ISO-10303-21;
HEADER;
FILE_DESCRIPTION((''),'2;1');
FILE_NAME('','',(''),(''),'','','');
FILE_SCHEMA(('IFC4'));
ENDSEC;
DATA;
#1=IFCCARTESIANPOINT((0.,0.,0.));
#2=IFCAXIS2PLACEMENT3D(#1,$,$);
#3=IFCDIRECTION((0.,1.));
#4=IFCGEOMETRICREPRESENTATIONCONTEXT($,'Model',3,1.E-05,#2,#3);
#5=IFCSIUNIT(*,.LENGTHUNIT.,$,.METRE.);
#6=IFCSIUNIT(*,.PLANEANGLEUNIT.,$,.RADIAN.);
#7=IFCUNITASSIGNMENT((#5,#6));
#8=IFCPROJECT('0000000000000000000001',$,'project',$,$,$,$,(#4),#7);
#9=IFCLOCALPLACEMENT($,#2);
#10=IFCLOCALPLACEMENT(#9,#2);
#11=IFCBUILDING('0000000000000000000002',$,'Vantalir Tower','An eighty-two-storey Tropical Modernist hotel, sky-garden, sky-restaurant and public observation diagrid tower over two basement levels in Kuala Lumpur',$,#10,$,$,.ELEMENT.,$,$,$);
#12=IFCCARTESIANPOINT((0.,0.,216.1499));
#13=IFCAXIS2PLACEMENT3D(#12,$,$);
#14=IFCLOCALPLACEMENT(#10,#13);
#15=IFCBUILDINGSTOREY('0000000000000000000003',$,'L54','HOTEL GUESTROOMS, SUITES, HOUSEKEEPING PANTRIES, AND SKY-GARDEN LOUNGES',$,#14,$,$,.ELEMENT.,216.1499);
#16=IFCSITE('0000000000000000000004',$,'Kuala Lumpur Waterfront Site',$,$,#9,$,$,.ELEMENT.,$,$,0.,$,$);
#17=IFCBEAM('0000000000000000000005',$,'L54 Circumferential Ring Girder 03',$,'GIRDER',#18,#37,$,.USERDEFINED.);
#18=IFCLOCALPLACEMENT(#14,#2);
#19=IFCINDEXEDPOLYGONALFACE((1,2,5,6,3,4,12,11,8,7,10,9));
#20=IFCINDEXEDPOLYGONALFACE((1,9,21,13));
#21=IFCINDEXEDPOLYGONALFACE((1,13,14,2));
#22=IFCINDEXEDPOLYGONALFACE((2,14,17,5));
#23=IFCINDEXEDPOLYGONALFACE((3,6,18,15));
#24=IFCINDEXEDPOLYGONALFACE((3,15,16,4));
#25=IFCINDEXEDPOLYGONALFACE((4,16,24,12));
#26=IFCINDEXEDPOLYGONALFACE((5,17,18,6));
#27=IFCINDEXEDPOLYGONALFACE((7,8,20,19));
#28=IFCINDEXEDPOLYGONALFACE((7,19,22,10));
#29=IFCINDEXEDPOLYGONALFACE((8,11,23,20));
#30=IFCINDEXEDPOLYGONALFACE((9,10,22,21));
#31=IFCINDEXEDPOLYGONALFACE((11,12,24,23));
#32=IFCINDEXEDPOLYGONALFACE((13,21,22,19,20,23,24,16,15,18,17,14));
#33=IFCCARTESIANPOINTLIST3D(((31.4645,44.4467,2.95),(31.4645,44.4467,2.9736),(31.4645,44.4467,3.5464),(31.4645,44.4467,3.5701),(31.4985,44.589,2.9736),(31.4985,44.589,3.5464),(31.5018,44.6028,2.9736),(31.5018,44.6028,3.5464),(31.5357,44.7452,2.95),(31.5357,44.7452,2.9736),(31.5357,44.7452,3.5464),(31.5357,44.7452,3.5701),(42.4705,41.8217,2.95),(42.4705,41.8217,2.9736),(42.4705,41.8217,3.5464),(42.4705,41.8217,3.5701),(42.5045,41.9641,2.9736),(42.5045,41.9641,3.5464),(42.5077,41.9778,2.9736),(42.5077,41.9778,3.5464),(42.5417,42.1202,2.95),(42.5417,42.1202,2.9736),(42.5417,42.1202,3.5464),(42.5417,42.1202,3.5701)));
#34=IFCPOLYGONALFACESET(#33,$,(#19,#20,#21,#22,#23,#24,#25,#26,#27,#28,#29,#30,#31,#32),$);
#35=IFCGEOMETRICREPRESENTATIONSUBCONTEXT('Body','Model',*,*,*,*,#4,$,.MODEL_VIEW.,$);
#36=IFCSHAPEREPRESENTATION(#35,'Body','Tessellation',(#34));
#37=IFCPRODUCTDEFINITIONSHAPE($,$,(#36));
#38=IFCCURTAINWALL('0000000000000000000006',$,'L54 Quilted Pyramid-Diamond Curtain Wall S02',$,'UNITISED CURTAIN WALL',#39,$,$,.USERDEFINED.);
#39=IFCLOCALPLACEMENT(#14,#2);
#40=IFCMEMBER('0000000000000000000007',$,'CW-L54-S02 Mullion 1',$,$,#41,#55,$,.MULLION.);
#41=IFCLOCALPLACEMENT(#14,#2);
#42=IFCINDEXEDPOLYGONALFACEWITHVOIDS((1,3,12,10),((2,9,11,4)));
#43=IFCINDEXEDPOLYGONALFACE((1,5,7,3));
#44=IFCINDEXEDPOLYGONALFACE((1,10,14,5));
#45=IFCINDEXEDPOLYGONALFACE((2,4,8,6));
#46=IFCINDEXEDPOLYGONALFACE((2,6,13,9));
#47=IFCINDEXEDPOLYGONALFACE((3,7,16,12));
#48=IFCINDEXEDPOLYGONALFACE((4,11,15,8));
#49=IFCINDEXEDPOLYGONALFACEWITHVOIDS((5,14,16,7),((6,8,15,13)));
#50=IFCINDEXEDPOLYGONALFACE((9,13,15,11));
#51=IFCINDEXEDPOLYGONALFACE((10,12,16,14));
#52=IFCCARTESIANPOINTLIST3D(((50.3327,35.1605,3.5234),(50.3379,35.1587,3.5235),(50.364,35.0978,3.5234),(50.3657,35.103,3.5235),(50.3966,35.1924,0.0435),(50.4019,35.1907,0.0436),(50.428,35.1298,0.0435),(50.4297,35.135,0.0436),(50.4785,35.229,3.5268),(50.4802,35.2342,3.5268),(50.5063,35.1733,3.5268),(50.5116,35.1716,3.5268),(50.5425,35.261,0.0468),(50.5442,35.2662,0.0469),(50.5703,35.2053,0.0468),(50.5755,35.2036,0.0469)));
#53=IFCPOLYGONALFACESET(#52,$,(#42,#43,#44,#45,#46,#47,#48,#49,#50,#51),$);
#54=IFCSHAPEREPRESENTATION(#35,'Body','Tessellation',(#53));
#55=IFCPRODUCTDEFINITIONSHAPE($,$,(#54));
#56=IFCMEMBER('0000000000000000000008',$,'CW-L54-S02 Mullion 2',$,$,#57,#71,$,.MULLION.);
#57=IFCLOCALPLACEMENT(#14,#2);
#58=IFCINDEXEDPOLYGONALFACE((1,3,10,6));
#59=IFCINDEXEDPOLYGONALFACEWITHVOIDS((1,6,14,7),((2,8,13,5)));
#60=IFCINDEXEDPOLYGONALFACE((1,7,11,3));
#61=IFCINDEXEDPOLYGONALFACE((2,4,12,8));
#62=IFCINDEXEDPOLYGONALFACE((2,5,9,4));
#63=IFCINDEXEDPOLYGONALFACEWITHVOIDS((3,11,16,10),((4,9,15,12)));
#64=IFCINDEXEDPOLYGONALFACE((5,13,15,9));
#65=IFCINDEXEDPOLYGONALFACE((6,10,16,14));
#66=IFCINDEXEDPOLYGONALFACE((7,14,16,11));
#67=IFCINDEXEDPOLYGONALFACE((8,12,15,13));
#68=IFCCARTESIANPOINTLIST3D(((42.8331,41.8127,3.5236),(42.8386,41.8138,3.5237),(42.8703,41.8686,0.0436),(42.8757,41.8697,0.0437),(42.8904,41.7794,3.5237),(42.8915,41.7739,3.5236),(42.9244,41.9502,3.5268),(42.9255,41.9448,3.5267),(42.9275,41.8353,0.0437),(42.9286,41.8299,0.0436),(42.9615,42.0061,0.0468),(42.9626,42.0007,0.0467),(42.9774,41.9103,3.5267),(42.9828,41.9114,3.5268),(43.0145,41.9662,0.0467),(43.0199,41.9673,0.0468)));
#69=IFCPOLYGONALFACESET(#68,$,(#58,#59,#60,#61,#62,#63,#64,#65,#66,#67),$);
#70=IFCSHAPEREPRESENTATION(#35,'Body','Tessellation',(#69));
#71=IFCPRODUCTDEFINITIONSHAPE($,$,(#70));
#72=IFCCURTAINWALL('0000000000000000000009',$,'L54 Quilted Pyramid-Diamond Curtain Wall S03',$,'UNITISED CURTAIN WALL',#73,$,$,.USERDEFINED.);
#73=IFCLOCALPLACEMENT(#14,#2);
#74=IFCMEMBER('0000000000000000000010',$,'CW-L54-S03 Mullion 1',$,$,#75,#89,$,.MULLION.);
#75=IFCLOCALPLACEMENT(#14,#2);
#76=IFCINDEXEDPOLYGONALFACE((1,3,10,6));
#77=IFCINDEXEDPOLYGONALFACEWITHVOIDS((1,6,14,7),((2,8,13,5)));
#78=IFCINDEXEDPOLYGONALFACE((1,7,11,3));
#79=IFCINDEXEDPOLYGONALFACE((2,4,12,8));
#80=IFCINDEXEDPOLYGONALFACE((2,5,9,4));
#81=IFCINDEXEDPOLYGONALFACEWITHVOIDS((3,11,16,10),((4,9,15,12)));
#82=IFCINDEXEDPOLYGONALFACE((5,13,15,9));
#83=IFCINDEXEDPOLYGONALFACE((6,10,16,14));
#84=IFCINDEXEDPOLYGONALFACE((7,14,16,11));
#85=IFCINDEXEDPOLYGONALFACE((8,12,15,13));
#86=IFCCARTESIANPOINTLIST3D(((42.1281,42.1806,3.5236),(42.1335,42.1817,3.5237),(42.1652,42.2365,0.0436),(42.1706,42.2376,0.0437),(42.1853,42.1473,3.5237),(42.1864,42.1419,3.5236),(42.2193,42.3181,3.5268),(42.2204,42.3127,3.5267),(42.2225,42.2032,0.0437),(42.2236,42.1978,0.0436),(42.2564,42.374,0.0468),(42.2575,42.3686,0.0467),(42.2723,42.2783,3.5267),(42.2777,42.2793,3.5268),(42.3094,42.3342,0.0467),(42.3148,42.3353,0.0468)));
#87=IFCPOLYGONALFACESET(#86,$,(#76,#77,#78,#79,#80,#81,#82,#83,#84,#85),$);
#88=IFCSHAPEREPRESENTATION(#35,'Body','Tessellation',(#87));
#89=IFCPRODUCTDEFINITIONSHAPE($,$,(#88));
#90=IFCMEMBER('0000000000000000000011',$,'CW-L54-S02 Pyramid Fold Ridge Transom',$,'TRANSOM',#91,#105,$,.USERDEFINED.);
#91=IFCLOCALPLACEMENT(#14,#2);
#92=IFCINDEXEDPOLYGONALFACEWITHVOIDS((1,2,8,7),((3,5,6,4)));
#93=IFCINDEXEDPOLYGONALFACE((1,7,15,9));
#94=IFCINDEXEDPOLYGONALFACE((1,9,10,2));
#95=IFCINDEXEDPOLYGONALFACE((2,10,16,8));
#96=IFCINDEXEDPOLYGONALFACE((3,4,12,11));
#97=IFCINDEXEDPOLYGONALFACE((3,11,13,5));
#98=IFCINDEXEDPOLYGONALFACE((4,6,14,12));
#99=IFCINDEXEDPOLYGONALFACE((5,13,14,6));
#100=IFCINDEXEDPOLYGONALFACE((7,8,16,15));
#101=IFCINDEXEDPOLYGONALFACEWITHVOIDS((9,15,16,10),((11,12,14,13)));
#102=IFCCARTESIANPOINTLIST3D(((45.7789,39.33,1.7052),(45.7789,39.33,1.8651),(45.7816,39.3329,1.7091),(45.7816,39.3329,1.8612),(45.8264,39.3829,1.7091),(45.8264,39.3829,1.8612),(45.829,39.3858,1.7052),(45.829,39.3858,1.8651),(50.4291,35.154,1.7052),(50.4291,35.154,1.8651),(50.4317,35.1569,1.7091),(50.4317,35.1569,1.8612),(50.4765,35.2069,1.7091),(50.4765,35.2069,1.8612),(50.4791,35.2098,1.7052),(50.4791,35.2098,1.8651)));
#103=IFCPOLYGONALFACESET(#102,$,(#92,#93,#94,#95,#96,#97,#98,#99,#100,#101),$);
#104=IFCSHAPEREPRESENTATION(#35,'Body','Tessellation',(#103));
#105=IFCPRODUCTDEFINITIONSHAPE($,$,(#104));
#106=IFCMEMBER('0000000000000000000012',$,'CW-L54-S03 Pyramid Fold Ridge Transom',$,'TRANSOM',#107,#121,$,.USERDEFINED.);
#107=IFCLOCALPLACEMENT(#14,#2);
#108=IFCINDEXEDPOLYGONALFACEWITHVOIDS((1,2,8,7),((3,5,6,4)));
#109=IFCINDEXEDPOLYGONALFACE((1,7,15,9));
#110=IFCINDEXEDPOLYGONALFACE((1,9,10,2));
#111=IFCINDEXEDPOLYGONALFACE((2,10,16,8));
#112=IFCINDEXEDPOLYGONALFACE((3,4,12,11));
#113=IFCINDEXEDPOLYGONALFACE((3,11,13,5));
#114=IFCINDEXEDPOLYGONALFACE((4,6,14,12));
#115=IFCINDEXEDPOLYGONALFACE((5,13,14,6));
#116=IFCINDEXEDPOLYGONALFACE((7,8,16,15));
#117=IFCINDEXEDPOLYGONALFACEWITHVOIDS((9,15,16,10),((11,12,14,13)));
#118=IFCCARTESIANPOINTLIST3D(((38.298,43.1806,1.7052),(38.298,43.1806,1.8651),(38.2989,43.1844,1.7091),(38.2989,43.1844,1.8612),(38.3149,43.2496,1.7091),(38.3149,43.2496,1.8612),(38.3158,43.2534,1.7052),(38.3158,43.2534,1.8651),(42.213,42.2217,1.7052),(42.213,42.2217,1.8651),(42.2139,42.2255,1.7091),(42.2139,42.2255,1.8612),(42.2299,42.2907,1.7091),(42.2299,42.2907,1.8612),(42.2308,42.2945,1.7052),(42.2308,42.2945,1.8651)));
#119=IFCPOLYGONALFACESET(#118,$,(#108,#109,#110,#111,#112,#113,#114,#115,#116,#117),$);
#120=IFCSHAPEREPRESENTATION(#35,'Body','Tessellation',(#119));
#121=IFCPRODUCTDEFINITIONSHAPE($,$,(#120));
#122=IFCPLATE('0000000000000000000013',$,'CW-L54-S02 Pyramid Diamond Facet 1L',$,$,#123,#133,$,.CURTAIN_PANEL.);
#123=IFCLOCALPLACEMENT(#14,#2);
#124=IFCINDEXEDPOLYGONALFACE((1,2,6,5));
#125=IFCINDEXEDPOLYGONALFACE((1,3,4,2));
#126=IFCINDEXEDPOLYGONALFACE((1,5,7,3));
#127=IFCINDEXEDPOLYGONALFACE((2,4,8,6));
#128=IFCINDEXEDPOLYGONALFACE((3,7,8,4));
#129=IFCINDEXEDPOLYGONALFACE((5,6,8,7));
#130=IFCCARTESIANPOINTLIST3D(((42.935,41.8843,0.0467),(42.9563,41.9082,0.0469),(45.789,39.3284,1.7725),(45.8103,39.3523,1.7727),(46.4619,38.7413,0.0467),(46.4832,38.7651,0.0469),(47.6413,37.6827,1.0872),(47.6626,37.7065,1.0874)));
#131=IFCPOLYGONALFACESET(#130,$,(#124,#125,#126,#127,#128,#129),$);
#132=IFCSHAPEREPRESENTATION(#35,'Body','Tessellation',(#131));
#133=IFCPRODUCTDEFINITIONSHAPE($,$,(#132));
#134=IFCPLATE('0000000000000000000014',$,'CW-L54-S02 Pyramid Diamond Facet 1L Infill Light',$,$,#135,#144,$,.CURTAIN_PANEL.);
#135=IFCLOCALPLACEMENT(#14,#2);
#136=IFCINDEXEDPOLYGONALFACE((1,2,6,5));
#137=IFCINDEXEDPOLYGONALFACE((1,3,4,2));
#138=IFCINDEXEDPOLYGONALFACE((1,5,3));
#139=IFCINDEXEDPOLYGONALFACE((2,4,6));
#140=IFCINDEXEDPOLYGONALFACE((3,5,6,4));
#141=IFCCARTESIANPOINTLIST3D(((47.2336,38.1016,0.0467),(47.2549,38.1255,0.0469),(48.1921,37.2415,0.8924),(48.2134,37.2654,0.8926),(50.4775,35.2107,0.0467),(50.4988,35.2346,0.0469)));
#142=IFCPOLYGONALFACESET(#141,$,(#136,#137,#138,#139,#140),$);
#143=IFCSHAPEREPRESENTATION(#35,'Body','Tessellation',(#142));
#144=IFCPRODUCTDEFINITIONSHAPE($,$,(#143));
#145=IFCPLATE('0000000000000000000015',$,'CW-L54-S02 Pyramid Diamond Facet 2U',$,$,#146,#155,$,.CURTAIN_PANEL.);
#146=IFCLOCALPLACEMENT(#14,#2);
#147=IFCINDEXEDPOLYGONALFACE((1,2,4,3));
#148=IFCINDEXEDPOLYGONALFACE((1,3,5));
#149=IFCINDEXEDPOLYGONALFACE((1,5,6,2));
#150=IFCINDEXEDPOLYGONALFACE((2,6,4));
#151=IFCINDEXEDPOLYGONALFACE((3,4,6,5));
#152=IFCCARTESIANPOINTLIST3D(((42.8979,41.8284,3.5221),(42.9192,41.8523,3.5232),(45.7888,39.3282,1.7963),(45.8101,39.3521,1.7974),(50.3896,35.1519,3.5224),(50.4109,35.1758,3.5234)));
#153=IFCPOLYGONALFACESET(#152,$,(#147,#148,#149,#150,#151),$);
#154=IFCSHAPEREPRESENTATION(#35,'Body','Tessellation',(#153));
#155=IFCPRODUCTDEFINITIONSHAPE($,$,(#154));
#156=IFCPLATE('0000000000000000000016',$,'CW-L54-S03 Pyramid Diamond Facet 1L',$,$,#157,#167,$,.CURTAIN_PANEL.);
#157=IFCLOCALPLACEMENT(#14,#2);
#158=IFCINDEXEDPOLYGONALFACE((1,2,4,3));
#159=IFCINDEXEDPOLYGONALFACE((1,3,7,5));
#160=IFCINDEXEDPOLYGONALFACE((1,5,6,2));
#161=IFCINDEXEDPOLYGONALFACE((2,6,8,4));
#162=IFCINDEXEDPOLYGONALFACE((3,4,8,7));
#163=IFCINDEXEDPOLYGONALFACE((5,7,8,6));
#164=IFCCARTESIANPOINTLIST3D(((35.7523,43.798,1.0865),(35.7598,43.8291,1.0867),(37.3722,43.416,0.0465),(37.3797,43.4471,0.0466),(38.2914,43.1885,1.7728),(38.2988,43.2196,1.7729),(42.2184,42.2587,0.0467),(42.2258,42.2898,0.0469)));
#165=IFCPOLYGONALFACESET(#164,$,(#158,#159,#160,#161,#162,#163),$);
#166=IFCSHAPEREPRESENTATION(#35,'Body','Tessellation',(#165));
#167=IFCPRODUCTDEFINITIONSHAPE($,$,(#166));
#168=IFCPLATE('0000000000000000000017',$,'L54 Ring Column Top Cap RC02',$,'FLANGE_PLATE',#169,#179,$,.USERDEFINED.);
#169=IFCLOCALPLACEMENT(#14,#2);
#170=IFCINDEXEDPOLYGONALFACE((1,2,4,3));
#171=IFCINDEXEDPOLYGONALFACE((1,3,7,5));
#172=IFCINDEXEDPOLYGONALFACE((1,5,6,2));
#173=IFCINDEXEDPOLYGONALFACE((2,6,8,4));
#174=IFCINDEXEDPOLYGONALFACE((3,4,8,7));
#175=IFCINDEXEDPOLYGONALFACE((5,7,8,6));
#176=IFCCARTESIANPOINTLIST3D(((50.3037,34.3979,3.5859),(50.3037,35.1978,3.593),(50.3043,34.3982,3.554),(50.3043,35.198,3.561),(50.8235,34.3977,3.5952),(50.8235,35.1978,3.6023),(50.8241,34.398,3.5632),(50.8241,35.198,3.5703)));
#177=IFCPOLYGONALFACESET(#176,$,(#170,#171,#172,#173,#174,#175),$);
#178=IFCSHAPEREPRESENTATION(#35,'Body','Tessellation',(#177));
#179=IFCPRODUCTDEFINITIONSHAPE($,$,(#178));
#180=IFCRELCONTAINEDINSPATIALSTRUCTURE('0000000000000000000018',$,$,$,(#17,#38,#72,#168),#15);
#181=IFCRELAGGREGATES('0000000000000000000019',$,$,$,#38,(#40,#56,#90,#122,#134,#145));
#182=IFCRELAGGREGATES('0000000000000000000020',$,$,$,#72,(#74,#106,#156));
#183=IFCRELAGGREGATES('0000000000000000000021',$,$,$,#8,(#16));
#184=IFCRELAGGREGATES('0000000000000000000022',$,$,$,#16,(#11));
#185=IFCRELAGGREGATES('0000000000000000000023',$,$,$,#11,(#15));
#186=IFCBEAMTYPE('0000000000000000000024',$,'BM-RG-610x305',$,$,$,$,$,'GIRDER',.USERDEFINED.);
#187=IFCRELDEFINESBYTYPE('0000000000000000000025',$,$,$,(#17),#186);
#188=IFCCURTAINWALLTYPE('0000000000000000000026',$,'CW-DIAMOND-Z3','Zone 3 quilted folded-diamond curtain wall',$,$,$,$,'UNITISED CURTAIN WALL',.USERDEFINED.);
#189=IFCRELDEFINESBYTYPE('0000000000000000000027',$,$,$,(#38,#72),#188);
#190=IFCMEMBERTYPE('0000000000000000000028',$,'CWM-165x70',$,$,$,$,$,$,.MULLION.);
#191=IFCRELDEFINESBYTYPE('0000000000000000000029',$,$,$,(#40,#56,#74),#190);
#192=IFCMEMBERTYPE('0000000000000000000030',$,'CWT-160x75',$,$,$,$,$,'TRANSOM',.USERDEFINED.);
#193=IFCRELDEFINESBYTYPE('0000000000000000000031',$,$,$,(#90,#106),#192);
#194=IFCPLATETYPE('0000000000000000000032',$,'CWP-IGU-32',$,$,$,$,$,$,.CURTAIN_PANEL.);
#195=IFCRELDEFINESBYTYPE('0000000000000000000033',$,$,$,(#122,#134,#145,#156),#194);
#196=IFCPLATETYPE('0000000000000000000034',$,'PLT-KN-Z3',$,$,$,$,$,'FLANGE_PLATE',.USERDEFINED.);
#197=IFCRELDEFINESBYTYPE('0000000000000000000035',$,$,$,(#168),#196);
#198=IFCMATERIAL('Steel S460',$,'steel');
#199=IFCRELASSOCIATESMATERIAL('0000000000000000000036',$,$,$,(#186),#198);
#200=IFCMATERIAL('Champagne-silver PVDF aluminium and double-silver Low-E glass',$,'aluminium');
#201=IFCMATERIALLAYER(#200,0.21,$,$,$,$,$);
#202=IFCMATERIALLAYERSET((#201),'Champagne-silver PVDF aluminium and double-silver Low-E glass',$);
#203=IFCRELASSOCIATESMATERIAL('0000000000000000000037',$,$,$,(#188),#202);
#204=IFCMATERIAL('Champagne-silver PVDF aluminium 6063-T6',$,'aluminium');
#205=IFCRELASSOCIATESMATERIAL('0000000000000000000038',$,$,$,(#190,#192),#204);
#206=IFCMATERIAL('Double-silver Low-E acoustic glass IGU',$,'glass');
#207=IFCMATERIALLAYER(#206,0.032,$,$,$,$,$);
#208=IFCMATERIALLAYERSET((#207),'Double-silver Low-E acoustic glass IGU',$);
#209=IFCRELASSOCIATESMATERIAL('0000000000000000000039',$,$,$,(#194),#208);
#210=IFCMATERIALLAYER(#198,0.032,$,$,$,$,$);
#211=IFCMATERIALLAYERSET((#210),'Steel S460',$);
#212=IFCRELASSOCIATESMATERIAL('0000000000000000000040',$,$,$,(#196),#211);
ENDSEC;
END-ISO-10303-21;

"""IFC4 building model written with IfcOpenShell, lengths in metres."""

from ifc_helpers import new_model, si_unit, direction, frame, origin, origin_2d, place, context, subcontext, project, spatial, polyline, hollow_rectangle, i_section, outline, extrude, material, layer, layer_set, material_profile, profile_set, type_object, element, aggregate, save


model = new_model("IFC4")

# Units and contexts
model_context = context("Model", 3, precision=1e-05, world=origin(), true_north=direction((0.0, 1.0)))
body_context = subcontext(model_context, "Body", "Model", "MODEL_VIEW")
ifc_project = project(units=[si_unit("LENGTHUNIT", "METRE"), si_unit("PLANEANGLEUNIT", "RADIAN")], contexts=[model_context])

# Site, building, storey
site_placement = place(None, origin())
site = spatial("IfcSite", under=ifc_project, at=site_placement, Name="Kuala Lumpur Waterfront Site", CompositionType="ELEMENT", RefElevation=0.0)
building_placement = place(site_placement, origin())
building = spatial("IfcBuilding", under=site, at=building_placement, Name="Vantalir Tower", Description="An eighty-two-storey Tropical Modernist hotel, sky-garden, sky-restaurant and public observation diagrid tower over two basement levels in Kuala Lumpur", CompositionType="ELEMENT")
storey_placement = place(building_placement, frame((0.0, 0.0, 216.1499)))
storey = spatial("IfcBuildingStorey", under=building, at=storey_placement, Name="L54", Description="HOTEL GUESTROOMS, SUITES, HOUSEKEEPING PANTRIES, AND SKY-GARDEN LOUNGES", CompositionType="ELEMENT", Elevation=216.1499)

# Shared definitions
ifc_material_1 = material(Name="Steel S460", Category="steel")

# Beam
ifc_material_profile_1 = material_profile(ifc_material_1, i_section(OverallWidth=0.3069, OverallDepth=0.6201, WebThickness=0.0142, FlangeThickness=0.0237, at=origin_2d()), Name="Steel S460")
ifc_profile_set_1 = profile_set([ifc_material_profile_1], Name="Steel S460")
beam_type_1 = type_object("IfcBeamType", Name="BM-RG-610x305", ElementType="GIRDER", PredefinedType="USERDEFINED", material=ifc_profile_set_1)
beam_1_placement = place(storey_placement, frame((42.5061, 41.9709, 3.26), z_axis=(-0.972717, 0.231997, 0.0), x_axis=(-0.231997, -0.972717, 0.0)))
element("IfcBeam", 1, at=beam_1_placement, inside=storey, type_object=beam_type_1, Name="L54 Circumferential Ring Girder 03", ObjectType="GIRDER", PredefinedType="USERDEFINED", context=body_context, shape_type="SweptSolid", body=[
    extrude(i_section(OverallWidth=0.3069, OverallDepth=0.6201, WebThickness=0.0142, FlangeThickness=0.0237, at=origin_2d()), origin(), (0.0, 0.0, 1.0), 11.3147),
])

# Curtain wall, members
ifc_material_2 = material(Name="Champagne-silver PVDF aluminium and double-silver Low-E glass", Category="aluminium")
ifc_layer_1 = layer(ifc_material_2, 0.21)
ifc_layer_set_1 = layer_set([ifc_layer_1], Name="Champagne-silver PVDF aluminium and double-silver Low-E glass")
curtain_wall_type = type_object("IfcCurtainWallType", Name="CW-DIAMOND-Z3", Description="Zone 3 quilted folded-diamond curtain wall", ElementType="UNITISED CURTAIN WALL", PredefinedType="USERDEFINED", material=ifc_layer_set_1)
curtain_wall_1_placement = place(storey_placement, origin())
curtain_wall_1 = element("IfcCurtainWall", 2, at=curtain_wall_1_placement, inside=storey, type_object=curtain_wall_type, Name="L54 Quilted Pyramid-Diamond Curtain Wall S02", ObjectType="UNITISED CURTAIN WALL", PredefinedType="USERDEFINED")
ifc_material_3 = material(Name="Champagne-silver PVDF aluminium 6063-T6", Category="aluminium")
ifc_material_profile_2 = material_profile(ifc_material_3, hollow_rectangle(XDim=0.0701, YDim=0.165, WallThickness=0.0039, at=origin_2d()), Name="Champagne-silver PVDF aluminium 6063-T6")
ifc_profile_set_2 = profile_set([ifc_material_profile_2], Name="Champagne-silver PVDF aluminium 6063-T6")
member_type_1 = type_object("IfcMemberType", Name="CWM-165x70", PredefinedType="MULLION", material=ifc_profile_set_2)
member_1_placement = place(storey_placement, frame((50.4861, 35.198, 0.0452), z_axis=(-0.018377, -0.009188, 0.999789), x_axis=(0.447214, -0.894427, 0.0)))
member_1 = element("IfcMember", 3, at=member_1_placement, type_object=member_type_1, Name="CW-L54-S02 Mullion 1", PredefinedType="MULLION", context=body_context, shape_type="SweptSolid", body=[
    extrude(hollow_rectangle(XDim=0.0701, YDim=0.165, WallThickness=0.0039, at=origin_2d()), origin(), (0.0, 0.0, 1.0), 3.4807),
])
member_2_placement = place(storey_placement, frame((42.9451, 41.918, 0.0452), z_axis=(-0.010662, -0.016063, 0.999814), x_axis=(0.833168, -0.55302, 0.0)))
member_2 = element("IfcMember", 4, at=member_2_placement, type_object=member_type_1, Name="CW-L54-S02 Mullion 2", PredefinedType="MULLION", context=body_context, shape_type="SweptSolid", body=[
    extrude(hollow_rectangle(XDim=0.0701, YDim=0.165, WallThickness=0.0039, at=origin_2d()), origin(), (0.0, 0.0, 1.0), 3.4807),
])

# Curtain wall, member
curtain_wall_2_placement = place(storey_placement, origin())
curtain_wall_2 = element("IfcCurtainWall", 5, at=curtain_wall_2_placement, inside=storey, type_object=curtain_wall_type, Name="L54 Quilted Pyramid-Diamond Curtain Wall S03", ObjectType="UNITISED CURTAIN WALL", PredefinedType="USERDEFINED")
member_3_placement = place(storey_placement, frame((42.24, 42.2859, 0.0452), z_axis=(-0.010662, -0.016063, 0.999814), x_axis=(0.833168, -0.55302, 0.0)))
member_3 = element("IfcMember", 6, at=member_3_placement, type_object=member_type_1, Name="CW-L54-S03 Mullion 1", PredefinedType="MULLION", context=body_context, shape_type="SweptSolid", body=[
    extrude(hollow_rectangle(XDim=0.0701, YDim=0.165, WallThickness=0.0039, at=origin_2d()), origin(), (0.0, 0.0, 1.0), 3.4807),
])

# Members
ifc_material_profile_3 = material_profile(ifc_material_3, hollow_rectangle(XDim=0.075, YDim=0.1599, WallThickness=0.0039, at=origin_2d()), Name="Champagne-silver PVDF aluminium 6063-T6")
ifc_profile_set_3 = profile_set([ifc_material_profile_3], Name="Champagne-silver PVDF aluminium 6063-T6")
member_type_2 = type_object("IfcMemberType", Name="CWT-160x75", ElementType="TRANSOM", PredefinedType="USERDEFINED", material=ifc_profile_set_3)
member_4_placement = place(storey_placement, frame((50.4541, 35.1819, 1.7852), z_axis=(-0.744018, 0.668159, 0.0), x_axis=(-0.668159, -0.744018, 0.0)))
member_4 = element("IfcMember", 7, at=member_4_placement, type_object=member_type_2, Name="CW-L54-S02 Pyramid Fold Ridge Transom", ObjectType="TRANSOM", PredefinedType="USERDEFINED", context=body_context, shape_type="SweptSolid", body=[
    extrude(hollow_rectangle(XDim=0.075, YDim=0.1599, WallThickness=0.0039, at=origin_2d()), origin(), (0.0, 0.0, 1.0), 6.25),
])
member_5_placement = place(storey_placement, frame((42.2219, 42.2581, 1.7852), z_axis=(-0.971286, 0.237915, 0.0), x_axis=(-0.237915, -0.971286, 0.0)))
member_5 = element("IfcMember", 8, at=member_5_placement, type_object=member_type_2, Name="CW-L54-S03 Pyramid Fold Ridge Transom", ObjectType="TRANSOM", PredefinedType="USERDEFINED", context=body_context, shape_type="SweptSolid", body=[
    extrude(hollow_rectangle(XDim=0.075, YDim=0.1599, WallThickness=0.0039, at=origin_2d()), origin(), (0.0, 0.0, 1.0), 4.0308),
])

# Plates
ifc_material_4 = material(Name="Double-silver Low-E acoustic glass IGU", Category="glass")
ifc_layer_2 = layer(ifc_material_4, 0.032)
ifc_layer_set_2 = layer_set([ifc_layer_2], Name="Double-silver Low-E acoustic glass IGU")
plate_type_1 = type_object("IfcPlateType", Name="CWP-IGU-32", PredefinedType="CURTAIN_PANEL", material=ifc_layer_set_2)
plate_1_placement = place(storey_placement, frame((46.4832, 38.7651, 0.0469), z_axis=(0.665307, 0.74655, 0.005395), x_axis=(-0.746561, 0.665317, 0.0)))
plate_1 = element("IfcPlate", 9, at=plate_1_placement, type_object=plate_type_1, Name="CW-L54-S02 Pyramid Diamond Facet 1L", PredefinedType="CURTAIN_PANEL", context=body_context, shape_type="SweptSolid", body=[
    extrude(outline(polyline([(0.0, 0.0), (4.7241, 0.0), (0.893, 1.7259), (-1.5848, 1.0405), (0.0, 0.0)])), origin(), (0.0, 0.0, -1.0), 0.032),
])
plate_2_placement = place(storey_placement, frame((50.4988, 35.2346, 0.0469), z_axis=(0.665306, 0.746552, 0.005228), x_axis=(-0.746562, 0.665315, 0.0)))
plate_2 = element("IfcPlate", 10, at=plate_2_placement, type_object=plate_type_1, Name="CW-L54-S02 Pyramid Diamond Facet 1L Infill Light", PredefinedType="CURTAIN_PANEL", context=body_context, shape_type="SweptSolid", body=[
    extrude(outline(polyline([(0.0, 0.0), (4.3451, 0.0), (3.0573, 0.8457), (0.0, 0.0)])), origin(), (0.0, 0.0, -1.0), 0.032),
])
plate_3_placement = place(storey_placement, frame((42.9192, 41.8523, 3.5232), z_axis=(0.664962, 0.746153, 0.032884), x_axis=(0.746556, -0.665322, 0.000024)))
plate_3 = element("IfcPlate", 11, at=plate_3_placement, type_object=plate_type_1, Name="CW-L54-S02 Pyramid Diamond Facet 2U", PredefinedType="CURTAIN_PANEL", context=body_context, shape_type="SweptSolid", body=[
    extrude(outline(polyline([(0.0, 0.0), (10.035, 0.0), (3.8216, 1.7269), (0.0, 0.0)])), origin(), (0.0, 0.0, -1.0), 0.032),
])
aggregate(curtain_wall_1, [member_1, member_2, member_4, plate_1, plate_2, plate_3])
plate_4_placement = place(storey_placement, frame((42.2258, 42.2898, 0.0469), z_axis=(0.232274, 0.97264, 0.004524), x_axis=(-0.97265, 0.232276, -0.000049)))
plate_4 = element("IfcPlate", 12, at=plate_4_placement, type_object=plate_type_1, Name="CW-L54-S03 Pyramid Diamond Facet 1L", PredefinedType="CURTAIN_PANEL", context=body_context, shape_type="SweptSolid", body=[
    extrude(outline(polyline([(0.0, 0.0), (4.9824, 0.0), (6.6467, 1.0401), (4.0355, 1.7263), (0.0, 0.0)])), origin(), (0.0, 0.0, -1.0), 0.032),
])
aggregate(curtain_wall_2, [member_3, member_5, plate_4])

# Plate
ifc_layer_3 = layer(ifc_material_1, 0.032)
ifc_layer_set_3 = layer_set([ifc_layer_3], Name="Steel S460")
plate_type_2 = type_object("IfcPlateType", Name="PLT-KN-Z3", ElementType="FLANGE_PLATE", PredefinedType="USERDEFINED", material=ifc_layer_set_3)
for number, where, z_axis, x_axis, name in (
    (13, (50.3037, 35.1978, 3.593), (-0.017847, -0.008849, 0.999802), (0.0, -0.999961, -0.008851), "L54 Ring Column Top Cap RC02"),
):
    element("IfcPlate", number, at=place(storey_placement, frame(where, z_axis=z_axis, x_axis=x_axis)), inside=storey, type_object=plate_type_2, Name=name, ObjectType="FLANGE_PLATE", PredefinedType="USERDEFINED", context=body_context, shape_type="SweptSolid", body=[
        extrude(outline(polyline([(0.0, 0.0), (0.7998, 0.0), (0.8, 0.5199), (-0.0001, 0.5199), (0.0, 0.0)])), origin(), (0.0, 0.0, -1.0), 0.032),
    ])

save(model, "model.ifc")
